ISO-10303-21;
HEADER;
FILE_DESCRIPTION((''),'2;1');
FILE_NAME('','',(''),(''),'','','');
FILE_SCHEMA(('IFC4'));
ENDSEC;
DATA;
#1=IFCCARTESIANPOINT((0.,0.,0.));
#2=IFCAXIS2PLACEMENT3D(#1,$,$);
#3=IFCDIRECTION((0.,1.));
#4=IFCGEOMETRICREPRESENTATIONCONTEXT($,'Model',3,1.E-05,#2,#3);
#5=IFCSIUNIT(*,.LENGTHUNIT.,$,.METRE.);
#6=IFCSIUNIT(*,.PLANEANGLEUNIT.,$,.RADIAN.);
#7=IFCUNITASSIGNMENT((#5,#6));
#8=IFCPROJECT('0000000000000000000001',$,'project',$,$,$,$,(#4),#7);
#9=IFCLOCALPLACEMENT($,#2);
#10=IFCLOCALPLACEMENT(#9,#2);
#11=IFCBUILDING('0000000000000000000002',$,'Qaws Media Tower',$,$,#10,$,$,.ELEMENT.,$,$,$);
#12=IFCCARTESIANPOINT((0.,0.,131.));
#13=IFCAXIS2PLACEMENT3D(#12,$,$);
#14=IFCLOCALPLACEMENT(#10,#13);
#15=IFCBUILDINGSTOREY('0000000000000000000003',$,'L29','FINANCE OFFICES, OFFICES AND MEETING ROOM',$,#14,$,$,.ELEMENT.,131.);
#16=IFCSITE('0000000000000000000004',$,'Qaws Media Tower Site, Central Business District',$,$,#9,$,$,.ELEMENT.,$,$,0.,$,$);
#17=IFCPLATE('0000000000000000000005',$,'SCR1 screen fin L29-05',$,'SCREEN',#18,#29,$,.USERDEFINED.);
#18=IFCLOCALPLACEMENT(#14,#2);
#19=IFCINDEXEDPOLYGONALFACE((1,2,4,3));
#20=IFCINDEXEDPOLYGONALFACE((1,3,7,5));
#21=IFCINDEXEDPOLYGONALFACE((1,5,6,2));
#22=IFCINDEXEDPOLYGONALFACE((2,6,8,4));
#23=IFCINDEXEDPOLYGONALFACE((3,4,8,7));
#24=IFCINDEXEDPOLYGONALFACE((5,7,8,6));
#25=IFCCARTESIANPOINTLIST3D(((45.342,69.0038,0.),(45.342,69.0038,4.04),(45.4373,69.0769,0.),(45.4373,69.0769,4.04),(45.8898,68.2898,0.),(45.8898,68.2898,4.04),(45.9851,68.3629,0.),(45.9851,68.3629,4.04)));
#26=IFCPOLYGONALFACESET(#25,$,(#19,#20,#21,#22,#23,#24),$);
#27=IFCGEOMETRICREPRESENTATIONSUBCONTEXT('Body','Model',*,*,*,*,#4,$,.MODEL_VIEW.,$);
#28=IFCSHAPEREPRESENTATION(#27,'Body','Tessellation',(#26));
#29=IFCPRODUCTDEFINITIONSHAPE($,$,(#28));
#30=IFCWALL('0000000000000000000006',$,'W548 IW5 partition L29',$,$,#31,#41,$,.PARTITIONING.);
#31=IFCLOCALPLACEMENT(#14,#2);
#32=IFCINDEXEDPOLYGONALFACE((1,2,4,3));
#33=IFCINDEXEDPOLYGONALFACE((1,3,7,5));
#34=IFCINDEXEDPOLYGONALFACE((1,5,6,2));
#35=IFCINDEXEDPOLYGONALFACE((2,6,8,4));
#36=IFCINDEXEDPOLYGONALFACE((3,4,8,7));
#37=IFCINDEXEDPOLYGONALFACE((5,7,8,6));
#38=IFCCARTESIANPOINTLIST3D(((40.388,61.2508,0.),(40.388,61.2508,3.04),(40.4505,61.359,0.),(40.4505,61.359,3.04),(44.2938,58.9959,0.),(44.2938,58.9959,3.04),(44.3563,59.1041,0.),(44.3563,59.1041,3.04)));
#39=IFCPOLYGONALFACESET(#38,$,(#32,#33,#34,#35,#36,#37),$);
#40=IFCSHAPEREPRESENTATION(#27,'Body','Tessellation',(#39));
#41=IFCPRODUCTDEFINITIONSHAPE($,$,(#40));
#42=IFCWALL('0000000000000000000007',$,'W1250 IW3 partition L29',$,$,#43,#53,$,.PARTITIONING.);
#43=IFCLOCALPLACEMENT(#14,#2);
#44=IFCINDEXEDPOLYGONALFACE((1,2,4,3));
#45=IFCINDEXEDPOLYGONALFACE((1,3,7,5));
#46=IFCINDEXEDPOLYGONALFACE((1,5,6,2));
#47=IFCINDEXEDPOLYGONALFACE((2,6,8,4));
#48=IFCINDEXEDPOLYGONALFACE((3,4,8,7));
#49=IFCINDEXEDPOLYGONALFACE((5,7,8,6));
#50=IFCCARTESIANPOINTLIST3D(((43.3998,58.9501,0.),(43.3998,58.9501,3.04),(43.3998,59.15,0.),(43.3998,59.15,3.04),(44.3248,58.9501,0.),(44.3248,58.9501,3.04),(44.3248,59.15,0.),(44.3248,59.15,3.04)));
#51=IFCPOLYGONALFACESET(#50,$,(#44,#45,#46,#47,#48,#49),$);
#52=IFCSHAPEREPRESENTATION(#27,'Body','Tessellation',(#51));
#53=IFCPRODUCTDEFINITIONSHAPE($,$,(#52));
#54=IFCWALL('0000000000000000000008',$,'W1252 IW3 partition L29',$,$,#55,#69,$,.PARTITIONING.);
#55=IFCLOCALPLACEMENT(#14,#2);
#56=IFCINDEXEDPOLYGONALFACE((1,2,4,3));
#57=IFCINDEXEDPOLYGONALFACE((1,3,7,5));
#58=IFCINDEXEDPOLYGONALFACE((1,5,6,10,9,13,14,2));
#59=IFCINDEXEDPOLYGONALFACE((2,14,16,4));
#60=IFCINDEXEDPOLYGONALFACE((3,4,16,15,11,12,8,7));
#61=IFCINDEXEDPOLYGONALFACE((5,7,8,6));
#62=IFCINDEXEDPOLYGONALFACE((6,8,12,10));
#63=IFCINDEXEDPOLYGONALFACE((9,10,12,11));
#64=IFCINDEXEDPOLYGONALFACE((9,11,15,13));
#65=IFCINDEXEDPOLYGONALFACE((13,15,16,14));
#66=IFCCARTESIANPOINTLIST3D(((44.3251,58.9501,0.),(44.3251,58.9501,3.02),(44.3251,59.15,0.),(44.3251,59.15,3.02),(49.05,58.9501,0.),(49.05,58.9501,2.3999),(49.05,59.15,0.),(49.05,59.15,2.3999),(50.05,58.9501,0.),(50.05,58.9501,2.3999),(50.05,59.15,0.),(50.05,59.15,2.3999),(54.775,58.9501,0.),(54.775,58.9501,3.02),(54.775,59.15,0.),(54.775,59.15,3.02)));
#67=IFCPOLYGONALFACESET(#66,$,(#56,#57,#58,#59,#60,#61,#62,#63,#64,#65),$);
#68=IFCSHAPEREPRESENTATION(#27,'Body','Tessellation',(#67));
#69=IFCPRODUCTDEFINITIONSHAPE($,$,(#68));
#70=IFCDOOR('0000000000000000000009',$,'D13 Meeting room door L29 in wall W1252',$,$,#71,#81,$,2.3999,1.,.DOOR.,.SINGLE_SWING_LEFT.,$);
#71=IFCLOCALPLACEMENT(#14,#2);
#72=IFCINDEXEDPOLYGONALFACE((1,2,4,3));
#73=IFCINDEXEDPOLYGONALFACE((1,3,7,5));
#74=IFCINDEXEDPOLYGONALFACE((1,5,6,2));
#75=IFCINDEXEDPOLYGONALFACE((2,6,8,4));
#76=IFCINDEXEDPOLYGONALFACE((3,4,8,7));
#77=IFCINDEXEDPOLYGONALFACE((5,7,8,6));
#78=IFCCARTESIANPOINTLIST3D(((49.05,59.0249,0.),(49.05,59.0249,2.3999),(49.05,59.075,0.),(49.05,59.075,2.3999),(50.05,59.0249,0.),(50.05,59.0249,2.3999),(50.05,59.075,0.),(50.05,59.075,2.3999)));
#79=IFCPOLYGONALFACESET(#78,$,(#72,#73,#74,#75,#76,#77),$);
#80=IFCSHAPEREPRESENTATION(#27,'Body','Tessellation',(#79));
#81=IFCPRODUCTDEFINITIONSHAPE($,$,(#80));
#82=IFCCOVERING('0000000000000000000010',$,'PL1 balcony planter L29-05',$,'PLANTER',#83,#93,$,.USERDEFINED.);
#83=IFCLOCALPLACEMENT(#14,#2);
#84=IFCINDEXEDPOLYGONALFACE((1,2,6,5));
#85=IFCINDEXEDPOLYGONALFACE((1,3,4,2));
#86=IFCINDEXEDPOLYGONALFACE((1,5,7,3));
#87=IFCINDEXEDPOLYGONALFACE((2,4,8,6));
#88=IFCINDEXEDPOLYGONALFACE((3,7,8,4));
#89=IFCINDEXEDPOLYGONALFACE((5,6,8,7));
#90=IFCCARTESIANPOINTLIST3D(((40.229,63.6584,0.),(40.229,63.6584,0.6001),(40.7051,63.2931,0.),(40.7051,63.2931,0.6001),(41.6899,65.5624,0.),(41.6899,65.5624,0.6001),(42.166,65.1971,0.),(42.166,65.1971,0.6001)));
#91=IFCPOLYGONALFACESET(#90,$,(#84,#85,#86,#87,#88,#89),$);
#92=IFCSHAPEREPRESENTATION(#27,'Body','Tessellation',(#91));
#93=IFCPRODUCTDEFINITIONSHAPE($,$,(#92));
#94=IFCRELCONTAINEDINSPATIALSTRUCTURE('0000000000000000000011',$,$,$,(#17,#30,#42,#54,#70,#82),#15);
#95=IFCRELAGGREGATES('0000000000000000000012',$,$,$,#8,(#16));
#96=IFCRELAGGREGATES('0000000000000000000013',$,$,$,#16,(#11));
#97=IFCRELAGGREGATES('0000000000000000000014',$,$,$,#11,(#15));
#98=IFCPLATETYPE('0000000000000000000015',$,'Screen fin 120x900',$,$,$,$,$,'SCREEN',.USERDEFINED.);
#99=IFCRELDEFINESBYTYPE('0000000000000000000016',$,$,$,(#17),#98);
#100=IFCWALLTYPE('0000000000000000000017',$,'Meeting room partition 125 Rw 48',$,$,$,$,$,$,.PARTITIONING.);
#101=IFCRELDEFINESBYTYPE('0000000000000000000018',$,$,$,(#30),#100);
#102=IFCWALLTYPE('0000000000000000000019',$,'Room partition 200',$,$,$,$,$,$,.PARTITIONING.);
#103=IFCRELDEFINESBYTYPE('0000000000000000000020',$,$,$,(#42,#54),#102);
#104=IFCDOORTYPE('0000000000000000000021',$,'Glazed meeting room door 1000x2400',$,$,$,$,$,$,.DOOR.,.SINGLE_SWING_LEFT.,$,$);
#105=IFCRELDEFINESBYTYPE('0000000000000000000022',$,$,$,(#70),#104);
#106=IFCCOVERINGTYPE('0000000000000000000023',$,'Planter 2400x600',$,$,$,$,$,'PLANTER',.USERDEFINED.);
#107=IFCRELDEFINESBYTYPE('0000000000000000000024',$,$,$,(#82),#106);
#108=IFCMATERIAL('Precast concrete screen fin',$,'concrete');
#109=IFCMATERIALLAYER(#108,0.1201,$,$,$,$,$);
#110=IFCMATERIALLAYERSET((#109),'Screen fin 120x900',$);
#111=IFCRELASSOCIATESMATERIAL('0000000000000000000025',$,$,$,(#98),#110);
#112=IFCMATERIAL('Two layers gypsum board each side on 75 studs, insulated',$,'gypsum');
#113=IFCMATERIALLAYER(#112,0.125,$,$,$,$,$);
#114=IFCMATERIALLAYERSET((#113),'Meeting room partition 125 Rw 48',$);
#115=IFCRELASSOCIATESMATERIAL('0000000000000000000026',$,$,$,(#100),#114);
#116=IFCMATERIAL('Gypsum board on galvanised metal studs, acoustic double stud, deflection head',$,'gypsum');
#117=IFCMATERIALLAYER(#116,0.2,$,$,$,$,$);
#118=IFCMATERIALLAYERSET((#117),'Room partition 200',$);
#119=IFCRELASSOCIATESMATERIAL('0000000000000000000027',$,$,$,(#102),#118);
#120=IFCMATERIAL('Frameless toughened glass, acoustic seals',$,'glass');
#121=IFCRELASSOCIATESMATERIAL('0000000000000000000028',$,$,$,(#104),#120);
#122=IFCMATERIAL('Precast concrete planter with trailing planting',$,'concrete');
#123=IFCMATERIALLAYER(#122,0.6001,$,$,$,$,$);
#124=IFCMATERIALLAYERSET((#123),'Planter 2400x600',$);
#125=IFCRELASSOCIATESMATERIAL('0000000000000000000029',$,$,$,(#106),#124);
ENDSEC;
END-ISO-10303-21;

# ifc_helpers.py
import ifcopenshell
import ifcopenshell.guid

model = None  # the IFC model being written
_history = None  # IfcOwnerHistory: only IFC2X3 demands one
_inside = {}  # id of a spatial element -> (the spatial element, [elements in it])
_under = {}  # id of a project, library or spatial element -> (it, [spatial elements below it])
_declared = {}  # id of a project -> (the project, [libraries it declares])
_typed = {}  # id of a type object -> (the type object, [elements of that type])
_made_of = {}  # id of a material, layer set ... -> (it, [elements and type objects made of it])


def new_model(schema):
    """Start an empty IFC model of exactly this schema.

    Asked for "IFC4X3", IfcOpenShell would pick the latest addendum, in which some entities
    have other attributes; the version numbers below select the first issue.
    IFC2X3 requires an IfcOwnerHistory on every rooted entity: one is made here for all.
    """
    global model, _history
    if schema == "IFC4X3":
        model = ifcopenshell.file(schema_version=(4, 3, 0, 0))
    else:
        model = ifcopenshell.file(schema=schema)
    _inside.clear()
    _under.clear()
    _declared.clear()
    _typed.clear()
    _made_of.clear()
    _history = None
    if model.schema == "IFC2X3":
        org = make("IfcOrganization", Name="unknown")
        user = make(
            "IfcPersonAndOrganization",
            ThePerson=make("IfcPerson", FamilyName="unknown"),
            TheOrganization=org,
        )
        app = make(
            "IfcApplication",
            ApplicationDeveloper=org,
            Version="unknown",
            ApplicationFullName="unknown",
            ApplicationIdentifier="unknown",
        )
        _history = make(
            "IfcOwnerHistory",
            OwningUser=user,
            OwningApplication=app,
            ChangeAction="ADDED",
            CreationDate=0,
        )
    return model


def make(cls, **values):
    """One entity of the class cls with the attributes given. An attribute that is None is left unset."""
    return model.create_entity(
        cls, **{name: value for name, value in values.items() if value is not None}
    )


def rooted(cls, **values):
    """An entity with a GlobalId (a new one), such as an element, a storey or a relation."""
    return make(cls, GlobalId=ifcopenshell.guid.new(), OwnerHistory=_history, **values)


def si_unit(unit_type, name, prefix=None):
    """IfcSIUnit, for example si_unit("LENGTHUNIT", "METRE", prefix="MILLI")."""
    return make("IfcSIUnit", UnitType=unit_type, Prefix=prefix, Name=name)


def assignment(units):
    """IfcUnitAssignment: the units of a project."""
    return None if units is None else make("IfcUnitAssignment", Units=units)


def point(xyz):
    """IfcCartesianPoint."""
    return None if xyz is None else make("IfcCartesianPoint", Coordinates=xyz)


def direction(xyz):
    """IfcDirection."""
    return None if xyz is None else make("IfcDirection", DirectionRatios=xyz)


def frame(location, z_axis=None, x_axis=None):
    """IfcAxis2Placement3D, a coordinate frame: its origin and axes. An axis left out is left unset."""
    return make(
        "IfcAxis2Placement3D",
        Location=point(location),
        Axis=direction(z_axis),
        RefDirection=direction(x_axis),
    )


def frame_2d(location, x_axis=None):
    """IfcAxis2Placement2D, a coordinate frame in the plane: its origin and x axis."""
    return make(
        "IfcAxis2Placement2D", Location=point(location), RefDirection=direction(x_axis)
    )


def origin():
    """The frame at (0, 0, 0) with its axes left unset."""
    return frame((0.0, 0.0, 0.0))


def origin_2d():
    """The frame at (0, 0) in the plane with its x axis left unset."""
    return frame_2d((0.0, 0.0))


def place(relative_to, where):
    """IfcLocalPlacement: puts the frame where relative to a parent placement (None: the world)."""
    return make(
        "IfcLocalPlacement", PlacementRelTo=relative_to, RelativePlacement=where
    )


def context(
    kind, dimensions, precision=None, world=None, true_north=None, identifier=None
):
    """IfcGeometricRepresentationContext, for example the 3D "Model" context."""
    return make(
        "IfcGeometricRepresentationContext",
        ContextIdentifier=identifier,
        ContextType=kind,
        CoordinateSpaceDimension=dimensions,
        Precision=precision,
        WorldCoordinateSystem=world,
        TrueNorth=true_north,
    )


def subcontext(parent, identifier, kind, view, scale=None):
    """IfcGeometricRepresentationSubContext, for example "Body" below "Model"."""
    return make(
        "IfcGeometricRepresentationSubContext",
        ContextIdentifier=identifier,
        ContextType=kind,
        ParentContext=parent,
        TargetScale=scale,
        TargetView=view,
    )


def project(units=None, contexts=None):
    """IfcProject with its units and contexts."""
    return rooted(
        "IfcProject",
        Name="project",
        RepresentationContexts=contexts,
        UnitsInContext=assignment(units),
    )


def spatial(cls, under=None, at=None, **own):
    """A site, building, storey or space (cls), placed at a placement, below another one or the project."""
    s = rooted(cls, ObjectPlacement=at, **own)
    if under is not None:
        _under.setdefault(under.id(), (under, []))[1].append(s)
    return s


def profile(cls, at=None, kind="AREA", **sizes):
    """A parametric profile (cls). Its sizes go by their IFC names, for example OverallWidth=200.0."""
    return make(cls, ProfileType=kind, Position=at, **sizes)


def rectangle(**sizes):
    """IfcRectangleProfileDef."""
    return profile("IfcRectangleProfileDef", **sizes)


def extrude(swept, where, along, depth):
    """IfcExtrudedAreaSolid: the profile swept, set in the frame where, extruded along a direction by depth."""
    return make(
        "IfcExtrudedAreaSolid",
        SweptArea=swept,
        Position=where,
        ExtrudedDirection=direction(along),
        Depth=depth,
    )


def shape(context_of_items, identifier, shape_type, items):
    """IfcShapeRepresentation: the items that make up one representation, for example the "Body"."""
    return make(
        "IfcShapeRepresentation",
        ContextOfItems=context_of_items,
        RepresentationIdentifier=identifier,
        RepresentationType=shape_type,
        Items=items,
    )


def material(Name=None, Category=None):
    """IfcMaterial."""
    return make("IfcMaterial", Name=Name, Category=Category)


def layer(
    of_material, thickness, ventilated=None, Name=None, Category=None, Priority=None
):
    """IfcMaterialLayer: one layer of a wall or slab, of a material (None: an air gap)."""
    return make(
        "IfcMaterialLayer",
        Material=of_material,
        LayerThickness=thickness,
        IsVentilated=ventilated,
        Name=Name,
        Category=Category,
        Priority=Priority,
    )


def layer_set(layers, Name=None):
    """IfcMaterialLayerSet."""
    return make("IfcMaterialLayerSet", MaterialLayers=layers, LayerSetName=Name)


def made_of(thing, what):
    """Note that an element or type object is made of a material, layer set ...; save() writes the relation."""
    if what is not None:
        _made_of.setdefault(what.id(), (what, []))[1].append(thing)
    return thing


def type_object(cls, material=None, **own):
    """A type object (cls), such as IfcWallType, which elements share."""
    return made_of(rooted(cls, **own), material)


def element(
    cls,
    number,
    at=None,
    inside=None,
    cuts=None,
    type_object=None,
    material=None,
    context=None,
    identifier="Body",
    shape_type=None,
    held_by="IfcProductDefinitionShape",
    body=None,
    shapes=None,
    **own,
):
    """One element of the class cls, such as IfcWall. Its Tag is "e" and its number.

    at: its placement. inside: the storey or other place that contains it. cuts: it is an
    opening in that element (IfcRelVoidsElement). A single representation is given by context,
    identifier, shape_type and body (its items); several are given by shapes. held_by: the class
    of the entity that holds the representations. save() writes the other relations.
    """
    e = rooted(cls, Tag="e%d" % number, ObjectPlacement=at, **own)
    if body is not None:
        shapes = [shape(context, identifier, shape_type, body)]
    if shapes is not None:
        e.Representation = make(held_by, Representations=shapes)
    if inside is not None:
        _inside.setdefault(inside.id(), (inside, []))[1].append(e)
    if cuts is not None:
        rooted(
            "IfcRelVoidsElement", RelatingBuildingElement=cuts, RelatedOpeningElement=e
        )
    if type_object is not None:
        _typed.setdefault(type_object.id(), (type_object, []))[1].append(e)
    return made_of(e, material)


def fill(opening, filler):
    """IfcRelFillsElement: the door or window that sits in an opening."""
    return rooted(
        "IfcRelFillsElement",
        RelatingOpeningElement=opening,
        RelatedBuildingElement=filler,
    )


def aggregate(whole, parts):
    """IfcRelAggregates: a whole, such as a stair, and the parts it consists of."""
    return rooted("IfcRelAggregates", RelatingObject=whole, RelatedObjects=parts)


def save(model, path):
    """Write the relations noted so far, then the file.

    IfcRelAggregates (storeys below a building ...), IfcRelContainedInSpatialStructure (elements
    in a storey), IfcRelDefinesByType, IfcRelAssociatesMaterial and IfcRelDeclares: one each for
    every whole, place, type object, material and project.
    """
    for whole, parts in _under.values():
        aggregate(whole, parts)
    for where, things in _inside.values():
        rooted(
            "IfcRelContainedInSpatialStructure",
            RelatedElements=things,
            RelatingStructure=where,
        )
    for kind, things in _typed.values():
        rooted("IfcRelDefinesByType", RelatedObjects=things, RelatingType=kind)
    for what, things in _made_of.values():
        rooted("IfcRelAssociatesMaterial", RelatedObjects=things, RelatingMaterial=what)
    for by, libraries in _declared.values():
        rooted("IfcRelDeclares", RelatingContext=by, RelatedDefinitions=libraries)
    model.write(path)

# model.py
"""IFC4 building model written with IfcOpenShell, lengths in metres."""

from ifc_helpers import new_model, si_unit, direction, frame, frame_2d, origin, origin_2d, place, context, subcontext, project, spatial, rectangle, extrude, material, layer, layer_set, type_object, element, fill, save


model = new_model("IFC4")

# Units and contexts
model_context = context("Model", 3, precision=1e-05, world=origin(), true_north=direction((0.0, 1.0)))
body_context = subcontext(model_context, "Body", "Model", "MODEL_VIEW")
ifc_project = project(units=[si_unit("LENGTHUNIT", "METRE"), si_unit("PLANEANGLEUNIT", "RADIAN")], contexts=[model_context])

# Site, building, storey
site_placement = place(None, origin())
site = spatial("IfcSite", under=ifc_project, at=site_placement, Name="Qaws Media Tower Site, Central Business District", CompositionType="ELEMENT", RefElevation=0.0)
building_placement = place(site_placement, origin())
building = spatial("IfcBuilding", under=site, at=building_placement, Name="Qaws Media Tower", CompositionType="ELEMENT")
storey_placement = place(building_placement, frame((0.0, 0.0, 131.0)))
storey = spatial("IfcBuildingStorey", under=building, at=storey_placement, Name="L29", Description="FINANCE OFFICES, OFFICES AND MEETING ROOM", CompositionType="ELEMENT", Elevation=131.0)

# Plate
ifc_material_1 = material(Name="Precast concrete screen fin", Category="concrete")
ifc_layer_1 = layer(ifc_material_1, 0.1201)
ifc_layer_set_1 = layer_set([ifc_layer_1], Name="Screen fin 120x900")
plate_type_1 = type_object("IfcPlateType", Name="Screen fin 120x900", ElementType="SCREEN", PredefinedType="USERDEFINED", material=ifc_layer_set_1)
plate_1_placement = place(storey_placement, frame((45.6636, 68.6833, 0.0), z_axis=(0.0, 0.0, 1.0), x_axis=(-0.608761, 0.793353, 0.0)))
element("IfcPlate", 1, at=plate_1_placement, inside=storey, type_object=plate_type_1, Name="SCR1 screen fin L29-05", ObjectType="SCREEN", PredefinedType="USERDEFINED", context=body_context, shape_type="SweptSolid", body=[
    extrude(rectangle(XDim=0.8999, YDim=0.1201, at=origin_2d()), origin(), (0.0, 0.0, 1.0), 4.04),
])

# Walls
ifc_material_2 = material(Name="Two layers gypsum board each side on 75 studs, insulated", Category="gypsum")
ifc_layer_2 = layer(ifc_material_2, 0.125)
ifc_layer_set_2 = layer_set([ifc_layer_2], Name="Meeting room partition 125 Rw 48")
wall_type_1 = type_object("IfcWallType", Name="Meeting room partition 125 Rw 48", PredefinedType="PARTITIONING", material=ifc_layer_set_2)
wall_1_placement = place(storey_placement, frame((44.325, 59.05, 0.0), z_axis=(0.0, 0.0, 1.0), x_axis=(-0.866036, 0.499982, 0.0)))
element("IfcWall", 2, at=wall_1_placement, inside=storey, type_object=wall_type_1, Name="W548 IW5 partition L29", PredefinedType="PARTITIONING", context=body_context, shape_type="SweptSolid", body=[
    extrude(rectangle(XDim=4.51, YDim=0.125, at=frame_2d((2.2549, 0.0))), origin(), (0.0, 0.0, 1.0), 3.04),
])
ifc_material_3 = material(Name="Gypsum board on galvanised metal studs, acoustic double stud, deflection head", Category="gypsum")
ifc_layer_3 = layer(ifc_material_3, 0.2)
ifc_layer_set_3 = layer_set([ifc_layer_3], Name="Room partition 200")
wall_type_2 = type_object("IfcWallType", Name="Room partition 200", PredefinedType="PARTITIONING", material=ifc_layer_set_3)
wall_2_placement = place(storey_placement, frame((43.3999, 59.05, 0.0), z_axis=(0.0, 0.0, 1.0), x_axis=(1.0, 0.0, 0.0)))
element("IfcWall", 3, at=wall_2_placement, inside=storey, type_object=wall_type_2, Name="W1250 IW3 partition L29", PredefinedType="PARTITIONING", context=body_context, shape_type="SweptSolid", body=[
    extrude(rectangle(XDim=0.925, YDim=0.2, at=frame_2d((0.4624, 0.0))), origin(), (0.0, 0.0, 1.0), 3.04),
])

# Wall, opening, door
wall_3_placement = place(storey_placement, frame((44.325, 59.05, 0.0), z_axis=(0.0, 0.0, 1.0), x_axis=(1.0, 0.0, 0.0)))
wall_3 = element("IfcWall", 4, at=wall_3_placement, inside=storey, type_object=wall_type_2, Name="W1252 IW3 partition L29", PredefinedType="PARTITIONING", context=body_context, shape_type="SweptSolid", body=[
    extrude(rectangle(XDim=10.45, YDim=0.2, at=frame_2d((5.2251, 0.0))), origin(), (0.0, 0.0, 1.0), 3.02),
])
opening_placement = place(wall_3_placement, frame((4.7251, 0.0, 0.0)))
opening = element("IfcOpeningElement", 5, at=opening_placement, cuts=wall_3, PredefinedType="OPENING", context=body_context, shape_type="SweptSolid", body=[
    extrude(rectangle(XDim=1.0, YDim=2.3999, at=frame_2d((0.5, 1.2))), frame((0.0, 0.1099, 0.0), z_axis=(0.0, -1.0, 0.0), x_axis=(1.0, 0.0, 0.0)), (0.0, 0.0, 1.0), 0.22),
])
ifc_material_4 = material(Name="Frameless toughened glass, acoustic seals", Category="glass")
door_type = type_object("IfcDoorType", Name="Glazed meeting room door 1000x2400", OperationType="SINGLE_SWING_LEFT", PredefinedType="DOOR", material=ifc_material_4)
door_placement = place(opening_placement, origin())
door = element("IfcDoor", 6, at=door_placement, inside=storey, type_object=door_type, Name="D13 Meeting room door L29 in wall W1252", OperationType="SINGLE_SWING_LEFT", OverallHeight=2.3999, OverallWidth=1.0, PredefinedType="DOOR", context=body_context, shape_type="SweptSolid", body=[
    extrude(rectangle(XDim=1.0, YDim=2.3999, at=frame_2d((0.5, 1.2))), frame((0.0, 0.0249, 0.0), z_axis=(0.0, -1.0, 0.0), x_axis=(1.0, 0.0, 0.0)), (0.0, 0.0, 1.0), 0.05),
])
fill(opening, door)

# Covering
ifc_material_5 = material(Name="Precast concrete planter with trailing planting", Category="concrete")
ifc_layer_4 = layer(ifc_material_5, 0.6001)
ifc_layer_set_4 = layer_set([ifc_layer_4], Name="Planter 2400x600")
covering_type = type_object("IfcCoveringType", Name="Planter 2400x600", ElementType="PLANTER", PredefinedType="USERDEFINED", material=ifc_layer_set_4)
covering_placement = place(storey_placement, frame((41.1975, 64.4277, 0.0), z_axis=(0.0, 0.0, 1.0), x_axis=(-0.608761, -0.793353, 0.0)))
element("IfcCovering", 7, at=covering_placement, inside=storey, type_object=covering_type, Name="PL1 balcony planter L29-05", ObjectType="PLANTER", PredefinedType="USERDEFINED", context=body_context, shape_type="SweptSolid", body=[
    extrude(rectangle(XDim=2.3999, YDim=0.6001, at=origin_2d()), origin(), (0.0, 0.0, 1.0), 0.6001),
])

save(model, "model.ifc")
